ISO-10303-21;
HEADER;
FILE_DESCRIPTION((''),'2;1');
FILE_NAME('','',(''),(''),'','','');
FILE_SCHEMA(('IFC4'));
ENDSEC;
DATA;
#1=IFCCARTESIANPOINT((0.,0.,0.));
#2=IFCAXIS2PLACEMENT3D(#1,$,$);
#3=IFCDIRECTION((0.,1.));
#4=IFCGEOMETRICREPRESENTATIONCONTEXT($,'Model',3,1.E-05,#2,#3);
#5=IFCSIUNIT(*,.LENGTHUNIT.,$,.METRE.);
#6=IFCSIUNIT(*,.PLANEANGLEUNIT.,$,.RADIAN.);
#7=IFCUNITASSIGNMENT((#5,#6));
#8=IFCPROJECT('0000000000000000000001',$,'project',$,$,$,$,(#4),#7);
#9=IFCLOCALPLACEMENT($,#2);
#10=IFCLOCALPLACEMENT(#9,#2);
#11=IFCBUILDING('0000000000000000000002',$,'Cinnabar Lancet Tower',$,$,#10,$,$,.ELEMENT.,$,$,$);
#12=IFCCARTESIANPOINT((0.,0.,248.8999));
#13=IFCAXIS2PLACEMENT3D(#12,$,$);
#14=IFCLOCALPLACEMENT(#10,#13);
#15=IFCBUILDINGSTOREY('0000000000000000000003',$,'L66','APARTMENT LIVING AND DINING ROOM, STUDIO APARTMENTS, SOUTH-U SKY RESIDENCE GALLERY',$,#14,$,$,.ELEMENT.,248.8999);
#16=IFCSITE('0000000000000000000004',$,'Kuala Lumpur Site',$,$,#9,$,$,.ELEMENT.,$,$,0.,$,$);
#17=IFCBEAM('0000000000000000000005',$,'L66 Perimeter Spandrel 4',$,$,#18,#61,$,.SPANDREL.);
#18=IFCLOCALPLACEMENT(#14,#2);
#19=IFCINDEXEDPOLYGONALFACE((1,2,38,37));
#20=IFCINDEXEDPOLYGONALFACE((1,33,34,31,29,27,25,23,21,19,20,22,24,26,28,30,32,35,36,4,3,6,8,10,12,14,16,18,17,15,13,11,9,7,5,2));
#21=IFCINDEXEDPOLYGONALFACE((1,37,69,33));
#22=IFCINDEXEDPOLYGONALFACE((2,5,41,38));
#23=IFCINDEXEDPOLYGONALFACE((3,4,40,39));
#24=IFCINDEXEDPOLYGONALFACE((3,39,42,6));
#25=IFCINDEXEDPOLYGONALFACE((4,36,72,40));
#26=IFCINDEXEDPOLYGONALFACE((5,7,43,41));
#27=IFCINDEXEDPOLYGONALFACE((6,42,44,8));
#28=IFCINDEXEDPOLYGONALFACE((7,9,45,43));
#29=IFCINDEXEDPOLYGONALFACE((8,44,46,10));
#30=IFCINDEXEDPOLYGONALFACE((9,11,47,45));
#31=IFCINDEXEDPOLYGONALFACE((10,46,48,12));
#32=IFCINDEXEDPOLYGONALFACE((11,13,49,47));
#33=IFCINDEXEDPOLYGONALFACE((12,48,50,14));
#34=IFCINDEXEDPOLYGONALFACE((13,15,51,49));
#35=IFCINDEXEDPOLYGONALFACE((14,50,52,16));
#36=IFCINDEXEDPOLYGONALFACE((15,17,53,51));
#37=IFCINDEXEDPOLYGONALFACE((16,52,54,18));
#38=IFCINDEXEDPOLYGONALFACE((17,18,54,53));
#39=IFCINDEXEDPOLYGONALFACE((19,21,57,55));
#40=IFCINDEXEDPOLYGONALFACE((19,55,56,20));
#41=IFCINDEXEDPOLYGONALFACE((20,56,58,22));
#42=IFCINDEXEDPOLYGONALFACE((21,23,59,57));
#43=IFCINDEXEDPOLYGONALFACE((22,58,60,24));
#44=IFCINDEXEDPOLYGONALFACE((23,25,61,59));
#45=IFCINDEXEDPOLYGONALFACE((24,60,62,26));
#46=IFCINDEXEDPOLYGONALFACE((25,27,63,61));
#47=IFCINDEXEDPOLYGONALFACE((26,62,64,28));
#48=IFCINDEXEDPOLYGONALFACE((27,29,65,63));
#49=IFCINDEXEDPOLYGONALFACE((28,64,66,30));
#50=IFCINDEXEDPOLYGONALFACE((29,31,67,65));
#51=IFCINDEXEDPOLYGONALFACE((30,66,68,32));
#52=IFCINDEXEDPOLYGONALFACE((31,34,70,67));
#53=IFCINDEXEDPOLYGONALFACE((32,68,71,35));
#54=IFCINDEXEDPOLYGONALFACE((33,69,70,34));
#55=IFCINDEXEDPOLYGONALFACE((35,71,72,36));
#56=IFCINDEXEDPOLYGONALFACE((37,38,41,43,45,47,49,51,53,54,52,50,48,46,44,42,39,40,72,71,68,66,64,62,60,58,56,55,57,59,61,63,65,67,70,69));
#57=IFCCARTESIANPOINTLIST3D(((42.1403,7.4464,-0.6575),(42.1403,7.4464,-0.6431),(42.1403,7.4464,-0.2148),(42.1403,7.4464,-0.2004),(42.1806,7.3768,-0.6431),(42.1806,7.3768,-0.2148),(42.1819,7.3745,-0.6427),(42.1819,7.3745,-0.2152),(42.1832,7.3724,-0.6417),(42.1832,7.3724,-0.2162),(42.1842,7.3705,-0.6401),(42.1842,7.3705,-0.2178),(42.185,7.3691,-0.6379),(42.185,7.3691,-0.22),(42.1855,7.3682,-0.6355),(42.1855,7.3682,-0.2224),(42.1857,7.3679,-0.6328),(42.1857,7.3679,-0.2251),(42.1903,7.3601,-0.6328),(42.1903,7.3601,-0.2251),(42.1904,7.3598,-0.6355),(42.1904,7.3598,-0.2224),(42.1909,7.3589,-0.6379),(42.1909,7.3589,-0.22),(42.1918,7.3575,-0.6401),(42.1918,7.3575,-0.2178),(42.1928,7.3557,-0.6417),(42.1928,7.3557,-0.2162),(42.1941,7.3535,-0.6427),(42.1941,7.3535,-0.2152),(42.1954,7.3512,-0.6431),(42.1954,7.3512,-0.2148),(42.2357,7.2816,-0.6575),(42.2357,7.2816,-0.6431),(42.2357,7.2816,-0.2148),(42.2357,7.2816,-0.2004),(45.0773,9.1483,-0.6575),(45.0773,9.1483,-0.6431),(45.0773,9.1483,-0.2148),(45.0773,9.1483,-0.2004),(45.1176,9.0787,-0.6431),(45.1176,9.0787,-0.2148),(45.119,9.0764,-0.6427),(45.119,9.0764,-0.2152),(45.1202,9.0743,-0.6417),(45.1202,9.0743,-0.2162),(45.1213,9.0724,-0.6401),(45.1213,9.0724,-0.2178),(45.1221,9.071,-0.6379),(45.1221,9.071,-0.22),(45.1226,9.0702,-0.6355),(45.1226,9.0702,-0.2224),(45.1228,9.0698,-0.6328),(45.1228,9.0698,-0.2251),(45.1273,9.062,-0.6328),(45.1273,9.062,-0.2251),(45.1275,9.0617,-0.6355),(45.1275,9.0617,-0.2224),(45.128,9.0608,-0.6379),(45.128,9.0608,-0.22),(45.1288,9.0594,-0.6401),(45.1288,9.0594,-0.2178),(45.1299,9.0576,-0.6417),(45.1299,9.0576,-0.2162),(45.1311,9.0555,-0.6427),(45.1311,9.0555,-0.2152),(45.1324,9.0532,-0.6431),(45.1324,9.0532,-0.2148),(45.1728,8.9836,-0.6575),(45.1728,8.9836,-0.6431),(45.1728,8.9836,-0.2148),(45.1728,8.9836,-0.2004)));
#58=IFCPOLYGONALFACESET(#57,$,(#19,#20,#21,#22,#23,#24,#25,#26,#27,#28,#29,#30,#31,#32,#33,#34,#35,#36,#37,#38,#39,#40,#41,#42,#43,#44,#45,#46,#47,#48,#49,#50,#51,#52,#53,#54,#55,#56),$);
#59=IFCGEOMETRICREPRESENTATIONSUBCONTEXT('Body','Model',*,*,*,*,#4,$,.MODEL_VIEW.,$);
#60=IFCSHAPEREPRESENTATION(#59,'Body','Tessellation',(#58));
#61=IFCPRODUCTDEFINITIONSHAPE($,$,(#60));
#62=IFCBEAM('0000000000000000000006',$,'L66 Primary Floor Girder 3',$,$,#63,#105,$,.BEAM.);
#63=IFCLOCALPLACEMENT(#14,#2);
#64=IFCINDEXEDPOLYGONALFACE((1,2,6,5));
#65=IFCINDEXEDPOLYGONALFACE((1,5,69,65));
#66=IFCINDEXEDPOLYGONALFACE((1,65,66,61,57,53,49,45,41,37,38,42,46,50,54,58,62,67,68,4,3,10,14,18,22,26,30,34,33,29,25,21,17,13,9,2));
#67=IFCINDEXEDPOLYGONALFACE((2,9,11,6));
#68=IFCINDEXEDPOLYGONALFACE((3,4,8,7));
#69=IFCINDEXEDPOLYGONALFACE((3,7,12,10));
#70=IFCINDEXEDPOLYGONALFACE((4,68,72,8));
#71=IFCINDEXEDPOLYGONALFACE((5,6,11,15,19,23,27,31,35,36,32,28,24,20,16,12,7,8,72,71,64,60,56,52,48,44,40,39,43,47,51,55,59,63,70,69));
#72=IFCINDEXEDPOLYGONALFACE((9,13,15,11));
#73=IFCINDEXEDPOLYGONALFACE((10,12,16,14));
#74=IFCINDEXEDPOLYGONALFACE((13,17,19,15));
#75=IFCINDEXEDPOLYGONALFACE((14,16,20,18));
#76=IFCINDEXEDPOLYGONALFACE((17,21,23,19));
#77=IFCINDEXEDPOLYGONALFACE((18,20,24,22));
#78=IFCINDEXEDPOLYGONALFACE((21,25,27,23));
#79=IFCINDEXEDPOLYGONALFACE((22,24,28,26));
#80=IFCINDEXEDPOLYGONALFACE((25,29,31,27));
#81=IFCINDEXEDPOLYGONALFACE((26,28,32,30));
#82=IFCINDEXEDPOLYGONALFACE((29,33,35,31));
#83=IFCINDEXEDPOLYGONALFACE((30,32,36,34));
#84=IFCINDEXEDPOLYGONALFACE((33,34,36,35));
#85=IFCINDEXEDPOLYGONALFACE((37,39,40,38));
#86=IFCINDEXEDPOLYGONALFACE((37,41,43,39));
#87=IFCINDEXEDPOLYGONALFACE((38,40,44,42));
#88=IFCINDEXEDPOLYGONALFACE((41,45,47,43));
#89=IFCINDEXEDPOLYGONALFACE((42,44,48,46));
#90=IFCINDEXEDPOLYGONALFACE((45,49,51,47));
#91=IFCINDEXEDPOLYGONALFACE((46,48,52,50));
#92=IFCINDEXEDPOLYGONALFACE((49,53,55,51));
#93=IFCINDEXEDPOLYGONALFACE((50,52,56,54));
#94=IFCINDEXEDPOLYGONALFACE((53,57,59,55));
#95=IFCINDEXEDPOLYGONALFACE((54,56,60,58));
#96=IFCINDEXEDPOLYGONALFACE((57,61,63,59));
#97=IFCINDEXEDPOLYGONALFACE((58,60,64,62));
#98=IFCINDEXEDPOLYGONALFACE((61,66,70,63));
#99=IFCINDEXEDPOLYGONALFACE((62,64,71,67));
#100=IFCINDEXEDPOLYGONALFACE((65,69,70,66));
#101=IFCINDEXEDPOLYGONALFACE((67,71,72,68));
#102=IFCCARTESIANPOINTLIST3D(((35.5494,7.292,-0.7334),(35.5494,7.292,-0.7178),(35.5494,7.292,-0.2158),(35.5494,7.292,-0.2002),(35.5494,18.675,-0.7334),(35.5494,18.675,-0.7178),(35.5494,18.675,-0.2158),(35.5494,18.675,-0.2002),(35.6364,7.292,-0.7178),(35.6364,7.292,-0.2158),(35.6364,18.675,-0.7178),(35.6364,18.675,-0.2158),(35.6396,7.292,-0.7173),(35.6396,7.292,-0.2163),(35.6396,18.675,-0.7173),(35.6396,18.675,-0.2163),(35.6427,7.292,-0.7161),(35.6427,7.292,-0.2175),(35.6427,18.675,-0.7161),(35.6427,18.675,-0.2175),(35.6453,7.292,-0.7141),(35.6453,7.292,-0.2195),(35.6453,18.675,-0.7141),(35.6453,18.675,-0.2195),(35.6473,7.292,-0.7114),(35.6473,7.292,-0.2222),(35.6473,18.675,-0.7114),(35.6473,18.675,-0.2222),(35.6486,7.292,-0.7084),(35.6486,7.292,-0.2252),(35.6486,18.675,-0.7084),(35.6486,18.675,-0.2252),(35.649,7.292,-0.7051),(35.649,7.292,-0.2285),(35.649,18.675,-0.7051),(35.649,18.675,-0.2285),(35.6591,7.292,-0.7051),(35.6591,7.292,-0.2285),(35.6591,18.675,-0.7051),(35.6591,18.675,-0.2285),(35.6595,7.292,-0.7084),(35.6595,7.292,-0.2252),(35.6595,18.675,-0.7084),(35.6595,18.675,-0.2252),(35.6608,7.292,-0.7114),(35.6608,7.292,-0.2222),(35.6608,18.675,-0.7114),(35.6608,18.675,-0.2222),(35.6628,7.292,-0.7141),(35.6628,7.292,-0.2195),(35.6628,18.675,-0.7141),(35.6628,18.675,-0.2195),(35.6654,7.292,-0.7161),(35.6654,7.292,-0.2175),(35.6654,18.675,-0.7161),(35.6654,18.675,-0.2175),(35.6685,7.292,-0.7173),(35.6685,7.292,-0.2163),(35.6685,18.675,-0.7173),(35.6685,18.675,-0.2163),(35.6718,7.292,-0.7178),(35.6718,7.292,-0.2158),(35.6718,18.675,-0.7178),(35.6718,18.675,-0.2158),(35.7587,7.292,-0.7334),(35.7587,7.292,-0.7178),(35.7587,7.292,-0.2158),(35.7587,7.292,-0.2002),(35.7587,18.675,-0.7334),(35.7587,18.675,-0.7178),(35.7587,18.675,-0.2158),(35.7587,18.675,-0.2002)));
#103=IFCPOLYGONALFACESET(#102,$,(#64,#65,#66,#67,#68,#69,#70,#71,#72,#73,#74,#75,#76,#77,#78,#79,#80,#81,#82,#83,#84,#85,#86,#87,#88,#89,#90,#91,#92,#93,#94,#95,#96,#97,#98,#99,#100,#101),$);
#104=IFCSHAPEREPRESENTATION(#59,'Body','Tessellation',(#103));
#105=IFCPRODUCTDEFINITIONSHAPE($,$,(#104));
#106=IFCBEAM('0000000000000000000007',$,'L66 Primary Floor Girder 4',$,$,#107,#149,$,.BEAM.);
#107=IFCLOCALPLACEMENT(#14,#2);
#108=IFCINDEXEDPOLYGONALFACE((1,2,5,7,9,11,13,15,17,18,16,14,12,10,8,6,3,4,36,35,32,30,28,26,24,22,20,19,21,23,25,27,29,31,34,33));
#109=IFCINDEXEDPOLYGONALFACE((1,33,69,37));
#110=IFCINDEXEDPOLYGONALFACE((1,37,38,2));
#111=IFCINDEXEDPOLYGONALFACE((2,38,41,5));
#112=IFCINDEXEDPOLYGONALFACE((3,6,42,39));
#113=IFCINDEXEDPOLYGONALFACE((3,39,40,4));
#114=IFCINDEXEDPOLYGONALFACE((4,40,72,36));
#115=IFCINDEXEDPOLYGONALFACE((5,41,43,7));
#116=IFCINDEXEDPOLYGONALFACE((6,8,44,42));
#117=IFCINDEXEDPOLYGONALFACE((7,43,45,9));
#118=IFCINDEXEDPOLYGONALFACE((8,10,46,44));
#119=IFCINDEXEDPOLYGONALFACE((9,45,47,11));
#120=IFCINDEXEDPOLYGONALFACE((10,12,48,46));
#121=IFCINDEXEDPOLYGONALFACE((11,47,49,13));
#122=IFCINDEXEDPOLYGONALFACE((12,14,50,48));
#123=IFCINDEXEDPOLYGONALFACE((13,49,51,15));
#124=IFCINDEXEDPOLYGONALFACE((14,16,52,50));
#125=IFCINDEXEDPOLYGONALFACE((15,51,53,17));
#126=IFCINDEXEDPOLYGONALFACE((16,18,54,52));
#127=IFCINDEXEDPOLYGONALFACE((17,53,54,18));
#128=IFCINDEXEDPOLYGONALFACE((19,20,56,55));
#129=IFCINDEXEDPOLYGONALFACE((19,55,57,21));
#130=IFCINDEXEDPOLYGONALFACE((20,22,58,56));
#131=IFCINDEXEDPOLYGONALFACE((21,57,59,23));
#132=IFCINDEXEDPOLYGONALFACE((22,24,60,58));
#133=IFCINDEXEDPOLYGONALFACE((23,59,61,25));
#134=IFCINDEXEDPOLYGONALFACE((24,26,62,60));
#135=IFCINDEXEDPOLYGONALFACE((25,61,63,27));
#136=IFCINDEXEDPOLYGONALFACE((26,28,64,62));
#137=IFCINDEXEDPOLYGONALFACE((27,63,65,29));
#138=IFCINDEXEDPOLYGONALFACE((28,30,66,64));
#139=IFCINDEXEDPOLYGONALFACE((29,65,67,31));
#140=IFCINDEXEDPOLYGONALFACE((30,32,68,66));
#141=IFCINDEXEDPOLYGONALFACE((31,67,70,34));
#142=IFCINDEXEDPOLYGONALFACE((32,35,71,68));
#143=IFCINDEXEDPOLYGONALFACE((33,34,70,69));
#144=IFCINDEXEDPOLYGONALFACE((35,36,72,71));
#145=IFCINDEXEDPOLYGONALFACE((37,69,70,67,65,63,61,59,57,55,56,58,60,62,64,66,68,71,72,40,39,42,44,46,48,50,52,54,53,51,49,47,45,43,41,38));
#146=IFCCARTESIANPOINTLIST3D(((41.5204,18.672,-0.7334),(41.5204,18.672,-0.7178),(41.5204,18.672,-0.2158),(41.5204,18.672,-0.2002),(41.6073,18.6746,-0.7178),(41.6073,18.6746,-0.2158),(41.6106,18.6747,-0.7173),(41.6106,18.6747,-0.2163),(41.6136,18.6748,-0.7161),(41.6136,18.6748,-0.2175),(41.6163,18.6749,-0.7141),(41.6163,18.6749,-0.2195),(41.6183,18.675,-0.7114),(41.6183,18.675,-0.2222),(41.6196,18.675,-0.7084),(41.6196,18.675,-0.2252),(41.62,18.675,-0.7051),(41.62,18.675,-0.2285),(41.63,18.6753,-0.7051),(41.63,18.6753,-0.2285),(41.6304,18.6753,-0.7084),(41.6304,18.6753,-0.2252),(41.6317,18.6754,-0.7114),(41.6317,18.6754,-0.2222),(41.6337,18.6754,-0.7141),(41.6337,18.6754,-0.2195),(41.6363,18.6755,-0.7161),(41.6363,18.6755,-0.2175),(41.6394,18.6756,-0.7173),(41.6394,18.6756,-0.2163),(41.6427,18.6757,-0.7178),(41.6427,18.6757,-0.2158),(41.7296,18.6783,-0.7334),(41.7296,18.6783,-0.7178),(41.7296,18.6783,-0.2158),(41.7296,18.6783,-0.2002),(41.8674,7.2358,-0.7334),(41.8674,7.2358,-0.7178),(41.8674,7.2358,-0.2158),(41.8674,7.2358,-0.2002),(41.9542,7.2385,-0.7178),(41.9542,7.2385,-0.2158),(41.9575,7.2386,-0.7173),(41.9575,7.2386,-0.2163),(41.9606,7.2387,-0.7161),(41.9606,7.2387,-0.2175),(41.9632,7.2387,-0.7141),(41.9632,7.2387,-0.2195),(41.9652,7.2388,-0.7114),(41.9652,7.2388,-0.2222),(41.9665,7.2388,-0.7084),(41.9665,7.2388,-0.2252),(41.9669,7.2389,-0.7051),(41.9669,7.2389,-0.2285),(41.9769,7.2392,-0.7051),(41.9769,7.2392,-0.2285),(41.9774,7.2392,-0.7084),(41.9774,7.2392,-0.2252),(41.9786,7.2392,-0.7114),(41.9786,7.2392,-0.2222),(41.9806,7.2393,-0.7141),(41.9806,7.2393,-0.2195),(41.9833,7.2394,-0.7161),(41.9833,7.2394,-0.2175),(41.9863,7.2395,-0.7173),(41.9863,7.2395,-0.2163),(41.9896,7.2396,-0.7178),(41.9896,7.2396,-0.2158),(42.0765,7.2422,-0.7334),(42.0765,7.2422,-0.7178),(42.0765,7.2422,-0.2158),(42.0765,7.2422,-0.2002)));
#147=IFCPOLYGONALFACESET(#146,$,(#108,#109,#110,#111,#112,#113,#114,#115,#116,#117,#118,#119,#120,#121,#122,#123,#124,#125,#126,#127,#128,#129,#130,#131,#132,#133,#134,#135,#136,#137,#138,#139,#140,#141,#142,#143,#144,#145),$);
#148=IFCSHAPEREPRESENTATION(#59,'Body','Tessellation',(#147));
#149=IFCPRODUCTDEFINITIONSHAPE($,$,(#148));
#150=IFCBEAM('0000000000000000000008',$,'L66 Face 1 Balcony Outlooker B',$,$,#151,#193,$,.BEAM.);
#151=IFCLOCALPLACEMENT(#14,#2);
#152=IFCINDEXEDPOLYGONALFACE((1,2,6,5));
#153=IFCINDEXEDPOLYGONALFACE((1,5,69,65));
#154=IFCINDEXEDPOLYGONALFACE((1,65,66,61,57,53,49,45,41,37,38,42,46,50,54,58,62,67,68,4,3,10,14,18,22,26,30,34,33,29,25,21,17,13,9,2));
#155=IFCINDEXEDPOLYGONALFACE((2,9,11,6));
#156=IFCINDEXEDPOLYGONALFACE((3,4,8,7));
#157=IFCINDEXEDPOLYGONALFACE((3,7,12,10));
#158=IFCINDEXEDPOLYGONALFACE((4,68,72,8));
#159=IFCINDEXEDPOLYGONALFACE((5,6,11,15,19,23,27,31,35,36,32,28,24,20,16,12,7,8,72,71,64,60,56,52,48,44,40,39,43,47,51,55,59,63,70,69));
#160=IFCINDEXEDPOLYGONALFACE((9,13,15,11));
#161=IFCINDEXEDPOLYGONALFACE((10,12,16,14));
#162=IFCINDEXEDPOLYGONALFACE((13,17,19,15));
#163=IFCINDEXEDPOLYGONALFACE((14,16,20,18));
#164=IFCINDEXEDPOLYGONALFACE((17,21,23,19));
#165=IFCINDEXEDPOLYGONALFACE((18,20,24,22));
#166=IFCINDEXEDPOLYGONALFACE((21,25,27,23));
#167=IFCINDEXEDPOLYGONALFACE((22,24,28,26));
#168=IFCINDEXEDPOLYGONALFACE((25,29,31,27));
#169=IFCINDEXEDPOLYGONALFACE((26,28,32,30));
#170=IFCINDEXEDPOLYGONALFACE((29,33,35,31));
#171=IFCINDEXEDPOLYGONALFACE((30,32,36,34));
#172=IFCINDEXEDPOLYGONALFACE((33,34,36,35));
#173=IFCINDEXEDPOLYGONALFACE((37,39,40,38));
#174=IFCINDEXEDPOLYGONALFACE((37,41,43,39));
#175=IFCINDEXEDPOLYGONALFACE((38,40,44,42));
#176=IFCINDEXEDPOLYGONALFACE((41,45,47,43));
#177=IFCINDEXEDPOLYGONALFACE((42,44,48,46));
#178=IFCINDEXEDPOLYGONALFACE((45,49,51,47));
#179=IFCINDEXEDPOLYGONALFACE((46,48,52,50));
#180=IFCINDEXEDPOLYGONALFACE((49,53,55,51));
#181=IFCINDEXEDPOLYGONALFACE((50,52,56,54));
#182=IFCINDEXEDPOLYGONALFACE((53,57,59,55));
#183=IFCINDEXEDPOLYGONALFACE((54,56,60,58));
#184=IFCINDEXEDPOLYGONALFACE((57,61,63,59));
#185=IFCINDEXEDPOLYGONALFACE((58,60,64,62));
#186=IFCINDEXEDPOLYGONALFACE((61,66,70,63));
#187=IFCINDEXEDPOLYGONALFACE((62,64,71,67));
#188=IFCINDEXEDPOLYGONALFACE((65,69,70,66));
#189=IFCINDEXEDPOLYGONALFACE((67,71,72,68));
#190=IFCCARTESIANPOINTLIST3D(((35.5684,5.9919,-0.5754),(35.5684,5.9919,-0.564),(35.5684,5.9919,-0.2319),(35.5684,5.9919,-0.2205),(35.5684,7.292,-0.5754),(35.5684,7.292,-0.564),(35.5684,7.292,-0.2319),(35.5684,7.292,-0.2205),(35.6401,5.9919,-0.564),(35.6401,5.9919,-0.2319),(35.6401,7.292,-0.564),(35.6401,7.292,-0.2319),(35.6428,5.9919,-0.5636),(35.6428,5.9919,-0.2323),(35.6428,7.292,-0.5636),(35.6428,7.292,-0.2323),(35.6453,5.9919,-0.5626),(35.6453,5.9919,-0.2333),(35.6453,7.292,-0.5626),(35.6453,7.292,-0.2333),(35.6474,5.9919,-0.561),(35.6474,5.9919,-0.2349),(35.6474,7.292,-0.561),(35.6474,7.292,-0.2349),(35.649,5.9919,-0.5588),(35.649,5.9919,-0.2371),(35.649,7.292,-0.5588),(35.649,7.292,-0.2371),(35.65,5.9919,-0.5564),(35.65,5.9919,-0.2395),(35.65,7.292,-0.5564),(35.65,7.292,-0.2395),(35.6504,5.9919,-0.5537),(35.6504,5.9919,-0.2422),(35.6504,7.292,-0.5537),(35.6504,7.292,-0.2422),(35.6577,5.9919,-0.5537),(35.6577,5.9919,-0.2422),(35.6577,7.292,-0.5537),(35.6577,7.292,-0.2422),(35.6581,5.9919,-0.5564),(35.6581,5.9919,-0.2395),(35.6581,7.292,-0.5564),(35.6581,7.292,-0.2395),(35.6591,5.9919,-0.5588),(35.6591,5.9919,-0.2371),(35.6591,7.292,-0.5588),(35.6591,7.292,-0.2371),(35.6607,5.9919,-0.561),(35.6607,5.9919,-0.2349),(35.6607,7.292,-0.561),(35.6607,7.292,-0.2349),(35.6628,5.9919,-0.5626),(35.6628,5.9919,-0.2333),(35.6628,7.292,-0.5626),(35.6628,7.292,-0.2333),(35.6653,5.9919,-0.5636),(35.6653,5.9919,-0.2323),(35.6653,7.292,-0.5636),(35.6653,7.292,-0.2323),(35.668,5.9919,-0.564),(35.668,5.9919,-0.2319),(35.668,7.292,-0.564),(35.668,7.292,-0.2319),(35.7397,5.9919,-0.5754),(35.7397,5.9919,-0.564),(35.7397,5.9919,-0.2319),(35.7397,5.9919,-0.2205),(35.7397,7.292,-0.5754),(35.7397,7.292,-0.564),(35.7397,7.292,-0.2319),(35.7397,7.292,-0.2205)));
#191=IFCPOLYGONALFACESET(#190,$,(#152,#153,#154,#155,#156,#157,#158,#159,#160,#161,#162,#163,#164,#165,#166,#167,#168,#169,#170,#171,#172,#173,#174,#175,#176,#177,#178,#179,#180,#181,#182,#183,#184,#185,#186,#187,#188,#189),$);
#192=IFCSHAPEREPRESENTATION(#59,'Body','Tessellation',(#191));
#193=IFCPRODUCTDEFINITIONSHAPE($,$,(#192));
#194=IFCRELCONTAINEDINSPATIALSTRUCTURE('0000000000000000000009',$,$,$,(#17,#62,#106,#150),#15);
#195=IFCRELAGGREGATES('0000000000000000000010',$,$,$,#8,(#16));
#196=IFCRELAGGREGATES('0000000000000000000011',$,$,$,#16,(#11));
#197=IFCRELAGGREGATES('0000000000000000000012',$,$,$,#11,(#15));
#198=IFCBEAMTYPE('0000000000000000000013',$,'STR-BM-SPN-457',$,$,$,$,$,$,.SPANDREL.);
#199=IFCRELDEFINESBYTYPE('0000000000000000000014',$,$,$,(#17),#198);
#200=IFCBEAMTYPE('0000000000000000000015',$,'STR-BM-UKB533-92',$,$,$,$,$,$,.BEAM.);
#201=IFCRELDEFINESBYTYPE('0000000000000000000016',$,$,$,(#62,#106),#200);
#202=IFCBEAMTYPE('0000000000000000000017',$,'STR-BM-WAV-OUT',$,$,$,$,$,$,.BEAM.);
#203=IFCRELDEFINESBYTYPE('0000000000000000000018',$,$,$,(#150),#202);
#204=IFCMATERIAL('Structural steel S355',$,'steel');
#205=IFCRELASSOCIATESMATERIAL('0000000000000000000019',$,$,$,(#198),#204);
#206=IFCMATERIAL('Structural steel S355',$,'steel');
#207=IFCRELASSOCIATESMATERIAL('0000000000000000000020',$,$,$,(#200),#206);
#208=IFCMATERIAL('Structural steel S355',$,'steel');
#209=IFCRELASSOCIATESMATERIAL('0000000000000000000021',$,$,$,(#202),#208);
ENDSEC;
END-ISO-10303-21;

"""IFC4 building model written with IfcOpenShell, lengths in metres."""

from ifc_helpers import new_model, si_unit, direction, frame, origin, origin_2d, place, context, subcontext, project, spatial, i_section, extrude, material, material_profile, profile_set, type_object, element, save


model = new_model("IFC4")

# Units and contexts
model_context = context("Model", 3, precision=1e-05, world=origin(), true_north=direction((0.0, 1.0)))
body_context = subcontext(model_context, "Body", "Model", "MODEL_VIEW")
ifc_project = project(units=[si_unit("LENGTHUNIT", "METRE"), si_unit("PLANEANGLEUNIT", "RADIAN")], contexts=[model_context])

# Site, building, storey
site_placement = place(None, origin())
site = spatial("IfcSite", under=ifc_project, at=site_placement, Name="Kuala Lumpur Site", CompositionType="ELEMENT", RefElevation=0.0)
building_placement = place(site_placement, origin())
building = spatial("IfcBuilding", under=site, at=building_placement, Name="Cinnabar Lancet Tower", CompositionType="ELEMENT")
storey_placement = place(building_placement, frame((0.0, 0.0, 248.8999)))
storey = spatial("IfcBuildingStorey", under=building, at=storey_placement, Name="L66", Description="APARTMENT LIVING AND DINING ROOM, STUDIO APARTMENTS, SOUTH-U SKY RESIDENCE GALLERY", CompositionType="ELEMENT", Elevation=248.8999)

# Beams
ifc_material_1 = material(Name="Structural steel S355", Category="steel")
ifc_material_profile_1 = material_profile(ifc_material_1, i_section(OverallWidth=0.1904, OverallDepth=0.457, WebThickness=0.009, FlangeThickness=0.0144, FilletRadius=0.0103, at=origin_2d()), Name="UKB 457x191x74")
ifc_profile_set_1 = profile_set([ifc_material_profile_1], Name="Structural steel S355")
beam_type_1 = type_object("IfcBeamType", Name="STR-BM-SPN-457", PredefinedType="SPANDREL", material=ifc_profile_set_1)
beam_1_placement = place(storey_placement, frame((42.188, 7.364, -0.429), z_axis=(0.865231, 0.501374, 0.0), x_axis=(-0.501374, 0.865231, 0.0)))
element("IfcBeam", 1, at=beam_1_placement, inside=storey, type_object=beam_type_1, Name="L66 Perimeter Spandrel 4", PredefinedType="SPANDREL", context=body_context, shape_type="SweptSolid", body=[
    extrude(i_section(OverallWidth=0.1904, OverallDepth=0.457, WebThickness=0.009, FlangeThickness=0.0144, FilletRadius=0.0103, at=origin_2d()), origin(), (0.0, 0.0, 1.0), 3.3945),
])
ifc_material_2 = material(Name="Structural steel S355", Category="steel")
ifc_material_profile_2 = material_profile(ifc_material_2, i_section(OverallWidth=0.2092, OverallDepth=0.5332, WebThickness=0.01, FlangeThickness=0.0156, FilletRadius=0.0127, at=origin_2d()), Name="UKB 533x210x92")
ifc_profile_set_2 = profile_set([ifc_material_profile_2], Name="Structural steel S355")
beam_type_2 = type_object("IfcBeamType", Name="STR-BM-UKB533-92", PredefinedType="BEAM", material=ifc_profile_set_2)
beam_2_placement = place(storey_placement, frame((35.6541, 7.292, -0.4668), z_axis=(0.0, 1.0, 0.0), x_axis=(-1.0, 0.0, 0.0)))
element("IfcBeam", 2, at=beam_2_placement, inside=storey, type_object=beam_type_2, Name="L66 Primary Floor Girder 3", PredefinedType="BEAM", context=body_context, shape_type="SweptSolid", body=[
    extrude(i_section(OverallWidth=0.2092, OverallDepth=0.5332, WebThickness=0.01, FlangeThickness=0.0156, FilletRadius=0.0127, at=origin_2d()), origin(), (0.0, 0.0, 1.0), 11.3831),
])
beam_3_placement = place(storey_placement, frame((41.9719, 7.239, -0.4668), z_axis=(-0.030322, 0.99954, 0.0), x_axis=(-0.99954, -0.030322, 0.0)))
element("IfcBeam", 3, at=beam_3_placement, inside=storey, type_object=beam_type_2, Name="L66 Primary Floor Girder 4", PredefinedType="BEAM", context=body_context, shape_type="SweptSolid", body=[
    extrude(i_section(OverallWidth=0.2092, OverallDepth=0.5332, WebThickness=0.01, FlangeThickness=0.0156, FilletRadius=0.0127, at=origin_2d()), origin(), (0.0, 0.0, 1.0), 11.4414),
])
ifc_material_3 = material(Name="Structural steel S355", Category="steel")
ifc_material_profile_3 = material_profile(ifc_material_3, i_section(OverallWidth=0.1714, OverallDepth=0.355, WebThickness=0.0073, FlangeThickness=0.0115, FilletRadius=0.0103, at=origin_2d()), Name="UKB 356x171x51")
ifc_profile_set_3 = profile_set([ifc_material_profile_3], Name="Structural steel S355")
beam_type_3 = type_object("IfcBeamType", Name="STR-BM-WAV-OUT", PredefinedType="BEAM", material=ifc_profile_set_3)
beam_4_placement = place(storey_placement, frame((35.6541, 7.292, -0.3979), z_axis=(0.0, -1.0, 0.0), x_axis=(1.0, 0.0, 0.0)))
element("IfcBeam", 4, at=beam_4_placement, inside=storey, type_object=beam_type_3, Name="L66 Face 1 Balcony Outlooker B", PredefinedType="BEAM", context=body_context, shape_type="SweptSolid", body=[
    extrude(i_section(OverallWidth=0.1714, OverallDepth=0.355, WebThickness=0.0073, FlangeThickness=0.0115, FilletRadius=0.0103, at=origin_2d()), origin(), (0.0, 0.0, 1.0), 1.3),
])

save(model, "model.ifc")
